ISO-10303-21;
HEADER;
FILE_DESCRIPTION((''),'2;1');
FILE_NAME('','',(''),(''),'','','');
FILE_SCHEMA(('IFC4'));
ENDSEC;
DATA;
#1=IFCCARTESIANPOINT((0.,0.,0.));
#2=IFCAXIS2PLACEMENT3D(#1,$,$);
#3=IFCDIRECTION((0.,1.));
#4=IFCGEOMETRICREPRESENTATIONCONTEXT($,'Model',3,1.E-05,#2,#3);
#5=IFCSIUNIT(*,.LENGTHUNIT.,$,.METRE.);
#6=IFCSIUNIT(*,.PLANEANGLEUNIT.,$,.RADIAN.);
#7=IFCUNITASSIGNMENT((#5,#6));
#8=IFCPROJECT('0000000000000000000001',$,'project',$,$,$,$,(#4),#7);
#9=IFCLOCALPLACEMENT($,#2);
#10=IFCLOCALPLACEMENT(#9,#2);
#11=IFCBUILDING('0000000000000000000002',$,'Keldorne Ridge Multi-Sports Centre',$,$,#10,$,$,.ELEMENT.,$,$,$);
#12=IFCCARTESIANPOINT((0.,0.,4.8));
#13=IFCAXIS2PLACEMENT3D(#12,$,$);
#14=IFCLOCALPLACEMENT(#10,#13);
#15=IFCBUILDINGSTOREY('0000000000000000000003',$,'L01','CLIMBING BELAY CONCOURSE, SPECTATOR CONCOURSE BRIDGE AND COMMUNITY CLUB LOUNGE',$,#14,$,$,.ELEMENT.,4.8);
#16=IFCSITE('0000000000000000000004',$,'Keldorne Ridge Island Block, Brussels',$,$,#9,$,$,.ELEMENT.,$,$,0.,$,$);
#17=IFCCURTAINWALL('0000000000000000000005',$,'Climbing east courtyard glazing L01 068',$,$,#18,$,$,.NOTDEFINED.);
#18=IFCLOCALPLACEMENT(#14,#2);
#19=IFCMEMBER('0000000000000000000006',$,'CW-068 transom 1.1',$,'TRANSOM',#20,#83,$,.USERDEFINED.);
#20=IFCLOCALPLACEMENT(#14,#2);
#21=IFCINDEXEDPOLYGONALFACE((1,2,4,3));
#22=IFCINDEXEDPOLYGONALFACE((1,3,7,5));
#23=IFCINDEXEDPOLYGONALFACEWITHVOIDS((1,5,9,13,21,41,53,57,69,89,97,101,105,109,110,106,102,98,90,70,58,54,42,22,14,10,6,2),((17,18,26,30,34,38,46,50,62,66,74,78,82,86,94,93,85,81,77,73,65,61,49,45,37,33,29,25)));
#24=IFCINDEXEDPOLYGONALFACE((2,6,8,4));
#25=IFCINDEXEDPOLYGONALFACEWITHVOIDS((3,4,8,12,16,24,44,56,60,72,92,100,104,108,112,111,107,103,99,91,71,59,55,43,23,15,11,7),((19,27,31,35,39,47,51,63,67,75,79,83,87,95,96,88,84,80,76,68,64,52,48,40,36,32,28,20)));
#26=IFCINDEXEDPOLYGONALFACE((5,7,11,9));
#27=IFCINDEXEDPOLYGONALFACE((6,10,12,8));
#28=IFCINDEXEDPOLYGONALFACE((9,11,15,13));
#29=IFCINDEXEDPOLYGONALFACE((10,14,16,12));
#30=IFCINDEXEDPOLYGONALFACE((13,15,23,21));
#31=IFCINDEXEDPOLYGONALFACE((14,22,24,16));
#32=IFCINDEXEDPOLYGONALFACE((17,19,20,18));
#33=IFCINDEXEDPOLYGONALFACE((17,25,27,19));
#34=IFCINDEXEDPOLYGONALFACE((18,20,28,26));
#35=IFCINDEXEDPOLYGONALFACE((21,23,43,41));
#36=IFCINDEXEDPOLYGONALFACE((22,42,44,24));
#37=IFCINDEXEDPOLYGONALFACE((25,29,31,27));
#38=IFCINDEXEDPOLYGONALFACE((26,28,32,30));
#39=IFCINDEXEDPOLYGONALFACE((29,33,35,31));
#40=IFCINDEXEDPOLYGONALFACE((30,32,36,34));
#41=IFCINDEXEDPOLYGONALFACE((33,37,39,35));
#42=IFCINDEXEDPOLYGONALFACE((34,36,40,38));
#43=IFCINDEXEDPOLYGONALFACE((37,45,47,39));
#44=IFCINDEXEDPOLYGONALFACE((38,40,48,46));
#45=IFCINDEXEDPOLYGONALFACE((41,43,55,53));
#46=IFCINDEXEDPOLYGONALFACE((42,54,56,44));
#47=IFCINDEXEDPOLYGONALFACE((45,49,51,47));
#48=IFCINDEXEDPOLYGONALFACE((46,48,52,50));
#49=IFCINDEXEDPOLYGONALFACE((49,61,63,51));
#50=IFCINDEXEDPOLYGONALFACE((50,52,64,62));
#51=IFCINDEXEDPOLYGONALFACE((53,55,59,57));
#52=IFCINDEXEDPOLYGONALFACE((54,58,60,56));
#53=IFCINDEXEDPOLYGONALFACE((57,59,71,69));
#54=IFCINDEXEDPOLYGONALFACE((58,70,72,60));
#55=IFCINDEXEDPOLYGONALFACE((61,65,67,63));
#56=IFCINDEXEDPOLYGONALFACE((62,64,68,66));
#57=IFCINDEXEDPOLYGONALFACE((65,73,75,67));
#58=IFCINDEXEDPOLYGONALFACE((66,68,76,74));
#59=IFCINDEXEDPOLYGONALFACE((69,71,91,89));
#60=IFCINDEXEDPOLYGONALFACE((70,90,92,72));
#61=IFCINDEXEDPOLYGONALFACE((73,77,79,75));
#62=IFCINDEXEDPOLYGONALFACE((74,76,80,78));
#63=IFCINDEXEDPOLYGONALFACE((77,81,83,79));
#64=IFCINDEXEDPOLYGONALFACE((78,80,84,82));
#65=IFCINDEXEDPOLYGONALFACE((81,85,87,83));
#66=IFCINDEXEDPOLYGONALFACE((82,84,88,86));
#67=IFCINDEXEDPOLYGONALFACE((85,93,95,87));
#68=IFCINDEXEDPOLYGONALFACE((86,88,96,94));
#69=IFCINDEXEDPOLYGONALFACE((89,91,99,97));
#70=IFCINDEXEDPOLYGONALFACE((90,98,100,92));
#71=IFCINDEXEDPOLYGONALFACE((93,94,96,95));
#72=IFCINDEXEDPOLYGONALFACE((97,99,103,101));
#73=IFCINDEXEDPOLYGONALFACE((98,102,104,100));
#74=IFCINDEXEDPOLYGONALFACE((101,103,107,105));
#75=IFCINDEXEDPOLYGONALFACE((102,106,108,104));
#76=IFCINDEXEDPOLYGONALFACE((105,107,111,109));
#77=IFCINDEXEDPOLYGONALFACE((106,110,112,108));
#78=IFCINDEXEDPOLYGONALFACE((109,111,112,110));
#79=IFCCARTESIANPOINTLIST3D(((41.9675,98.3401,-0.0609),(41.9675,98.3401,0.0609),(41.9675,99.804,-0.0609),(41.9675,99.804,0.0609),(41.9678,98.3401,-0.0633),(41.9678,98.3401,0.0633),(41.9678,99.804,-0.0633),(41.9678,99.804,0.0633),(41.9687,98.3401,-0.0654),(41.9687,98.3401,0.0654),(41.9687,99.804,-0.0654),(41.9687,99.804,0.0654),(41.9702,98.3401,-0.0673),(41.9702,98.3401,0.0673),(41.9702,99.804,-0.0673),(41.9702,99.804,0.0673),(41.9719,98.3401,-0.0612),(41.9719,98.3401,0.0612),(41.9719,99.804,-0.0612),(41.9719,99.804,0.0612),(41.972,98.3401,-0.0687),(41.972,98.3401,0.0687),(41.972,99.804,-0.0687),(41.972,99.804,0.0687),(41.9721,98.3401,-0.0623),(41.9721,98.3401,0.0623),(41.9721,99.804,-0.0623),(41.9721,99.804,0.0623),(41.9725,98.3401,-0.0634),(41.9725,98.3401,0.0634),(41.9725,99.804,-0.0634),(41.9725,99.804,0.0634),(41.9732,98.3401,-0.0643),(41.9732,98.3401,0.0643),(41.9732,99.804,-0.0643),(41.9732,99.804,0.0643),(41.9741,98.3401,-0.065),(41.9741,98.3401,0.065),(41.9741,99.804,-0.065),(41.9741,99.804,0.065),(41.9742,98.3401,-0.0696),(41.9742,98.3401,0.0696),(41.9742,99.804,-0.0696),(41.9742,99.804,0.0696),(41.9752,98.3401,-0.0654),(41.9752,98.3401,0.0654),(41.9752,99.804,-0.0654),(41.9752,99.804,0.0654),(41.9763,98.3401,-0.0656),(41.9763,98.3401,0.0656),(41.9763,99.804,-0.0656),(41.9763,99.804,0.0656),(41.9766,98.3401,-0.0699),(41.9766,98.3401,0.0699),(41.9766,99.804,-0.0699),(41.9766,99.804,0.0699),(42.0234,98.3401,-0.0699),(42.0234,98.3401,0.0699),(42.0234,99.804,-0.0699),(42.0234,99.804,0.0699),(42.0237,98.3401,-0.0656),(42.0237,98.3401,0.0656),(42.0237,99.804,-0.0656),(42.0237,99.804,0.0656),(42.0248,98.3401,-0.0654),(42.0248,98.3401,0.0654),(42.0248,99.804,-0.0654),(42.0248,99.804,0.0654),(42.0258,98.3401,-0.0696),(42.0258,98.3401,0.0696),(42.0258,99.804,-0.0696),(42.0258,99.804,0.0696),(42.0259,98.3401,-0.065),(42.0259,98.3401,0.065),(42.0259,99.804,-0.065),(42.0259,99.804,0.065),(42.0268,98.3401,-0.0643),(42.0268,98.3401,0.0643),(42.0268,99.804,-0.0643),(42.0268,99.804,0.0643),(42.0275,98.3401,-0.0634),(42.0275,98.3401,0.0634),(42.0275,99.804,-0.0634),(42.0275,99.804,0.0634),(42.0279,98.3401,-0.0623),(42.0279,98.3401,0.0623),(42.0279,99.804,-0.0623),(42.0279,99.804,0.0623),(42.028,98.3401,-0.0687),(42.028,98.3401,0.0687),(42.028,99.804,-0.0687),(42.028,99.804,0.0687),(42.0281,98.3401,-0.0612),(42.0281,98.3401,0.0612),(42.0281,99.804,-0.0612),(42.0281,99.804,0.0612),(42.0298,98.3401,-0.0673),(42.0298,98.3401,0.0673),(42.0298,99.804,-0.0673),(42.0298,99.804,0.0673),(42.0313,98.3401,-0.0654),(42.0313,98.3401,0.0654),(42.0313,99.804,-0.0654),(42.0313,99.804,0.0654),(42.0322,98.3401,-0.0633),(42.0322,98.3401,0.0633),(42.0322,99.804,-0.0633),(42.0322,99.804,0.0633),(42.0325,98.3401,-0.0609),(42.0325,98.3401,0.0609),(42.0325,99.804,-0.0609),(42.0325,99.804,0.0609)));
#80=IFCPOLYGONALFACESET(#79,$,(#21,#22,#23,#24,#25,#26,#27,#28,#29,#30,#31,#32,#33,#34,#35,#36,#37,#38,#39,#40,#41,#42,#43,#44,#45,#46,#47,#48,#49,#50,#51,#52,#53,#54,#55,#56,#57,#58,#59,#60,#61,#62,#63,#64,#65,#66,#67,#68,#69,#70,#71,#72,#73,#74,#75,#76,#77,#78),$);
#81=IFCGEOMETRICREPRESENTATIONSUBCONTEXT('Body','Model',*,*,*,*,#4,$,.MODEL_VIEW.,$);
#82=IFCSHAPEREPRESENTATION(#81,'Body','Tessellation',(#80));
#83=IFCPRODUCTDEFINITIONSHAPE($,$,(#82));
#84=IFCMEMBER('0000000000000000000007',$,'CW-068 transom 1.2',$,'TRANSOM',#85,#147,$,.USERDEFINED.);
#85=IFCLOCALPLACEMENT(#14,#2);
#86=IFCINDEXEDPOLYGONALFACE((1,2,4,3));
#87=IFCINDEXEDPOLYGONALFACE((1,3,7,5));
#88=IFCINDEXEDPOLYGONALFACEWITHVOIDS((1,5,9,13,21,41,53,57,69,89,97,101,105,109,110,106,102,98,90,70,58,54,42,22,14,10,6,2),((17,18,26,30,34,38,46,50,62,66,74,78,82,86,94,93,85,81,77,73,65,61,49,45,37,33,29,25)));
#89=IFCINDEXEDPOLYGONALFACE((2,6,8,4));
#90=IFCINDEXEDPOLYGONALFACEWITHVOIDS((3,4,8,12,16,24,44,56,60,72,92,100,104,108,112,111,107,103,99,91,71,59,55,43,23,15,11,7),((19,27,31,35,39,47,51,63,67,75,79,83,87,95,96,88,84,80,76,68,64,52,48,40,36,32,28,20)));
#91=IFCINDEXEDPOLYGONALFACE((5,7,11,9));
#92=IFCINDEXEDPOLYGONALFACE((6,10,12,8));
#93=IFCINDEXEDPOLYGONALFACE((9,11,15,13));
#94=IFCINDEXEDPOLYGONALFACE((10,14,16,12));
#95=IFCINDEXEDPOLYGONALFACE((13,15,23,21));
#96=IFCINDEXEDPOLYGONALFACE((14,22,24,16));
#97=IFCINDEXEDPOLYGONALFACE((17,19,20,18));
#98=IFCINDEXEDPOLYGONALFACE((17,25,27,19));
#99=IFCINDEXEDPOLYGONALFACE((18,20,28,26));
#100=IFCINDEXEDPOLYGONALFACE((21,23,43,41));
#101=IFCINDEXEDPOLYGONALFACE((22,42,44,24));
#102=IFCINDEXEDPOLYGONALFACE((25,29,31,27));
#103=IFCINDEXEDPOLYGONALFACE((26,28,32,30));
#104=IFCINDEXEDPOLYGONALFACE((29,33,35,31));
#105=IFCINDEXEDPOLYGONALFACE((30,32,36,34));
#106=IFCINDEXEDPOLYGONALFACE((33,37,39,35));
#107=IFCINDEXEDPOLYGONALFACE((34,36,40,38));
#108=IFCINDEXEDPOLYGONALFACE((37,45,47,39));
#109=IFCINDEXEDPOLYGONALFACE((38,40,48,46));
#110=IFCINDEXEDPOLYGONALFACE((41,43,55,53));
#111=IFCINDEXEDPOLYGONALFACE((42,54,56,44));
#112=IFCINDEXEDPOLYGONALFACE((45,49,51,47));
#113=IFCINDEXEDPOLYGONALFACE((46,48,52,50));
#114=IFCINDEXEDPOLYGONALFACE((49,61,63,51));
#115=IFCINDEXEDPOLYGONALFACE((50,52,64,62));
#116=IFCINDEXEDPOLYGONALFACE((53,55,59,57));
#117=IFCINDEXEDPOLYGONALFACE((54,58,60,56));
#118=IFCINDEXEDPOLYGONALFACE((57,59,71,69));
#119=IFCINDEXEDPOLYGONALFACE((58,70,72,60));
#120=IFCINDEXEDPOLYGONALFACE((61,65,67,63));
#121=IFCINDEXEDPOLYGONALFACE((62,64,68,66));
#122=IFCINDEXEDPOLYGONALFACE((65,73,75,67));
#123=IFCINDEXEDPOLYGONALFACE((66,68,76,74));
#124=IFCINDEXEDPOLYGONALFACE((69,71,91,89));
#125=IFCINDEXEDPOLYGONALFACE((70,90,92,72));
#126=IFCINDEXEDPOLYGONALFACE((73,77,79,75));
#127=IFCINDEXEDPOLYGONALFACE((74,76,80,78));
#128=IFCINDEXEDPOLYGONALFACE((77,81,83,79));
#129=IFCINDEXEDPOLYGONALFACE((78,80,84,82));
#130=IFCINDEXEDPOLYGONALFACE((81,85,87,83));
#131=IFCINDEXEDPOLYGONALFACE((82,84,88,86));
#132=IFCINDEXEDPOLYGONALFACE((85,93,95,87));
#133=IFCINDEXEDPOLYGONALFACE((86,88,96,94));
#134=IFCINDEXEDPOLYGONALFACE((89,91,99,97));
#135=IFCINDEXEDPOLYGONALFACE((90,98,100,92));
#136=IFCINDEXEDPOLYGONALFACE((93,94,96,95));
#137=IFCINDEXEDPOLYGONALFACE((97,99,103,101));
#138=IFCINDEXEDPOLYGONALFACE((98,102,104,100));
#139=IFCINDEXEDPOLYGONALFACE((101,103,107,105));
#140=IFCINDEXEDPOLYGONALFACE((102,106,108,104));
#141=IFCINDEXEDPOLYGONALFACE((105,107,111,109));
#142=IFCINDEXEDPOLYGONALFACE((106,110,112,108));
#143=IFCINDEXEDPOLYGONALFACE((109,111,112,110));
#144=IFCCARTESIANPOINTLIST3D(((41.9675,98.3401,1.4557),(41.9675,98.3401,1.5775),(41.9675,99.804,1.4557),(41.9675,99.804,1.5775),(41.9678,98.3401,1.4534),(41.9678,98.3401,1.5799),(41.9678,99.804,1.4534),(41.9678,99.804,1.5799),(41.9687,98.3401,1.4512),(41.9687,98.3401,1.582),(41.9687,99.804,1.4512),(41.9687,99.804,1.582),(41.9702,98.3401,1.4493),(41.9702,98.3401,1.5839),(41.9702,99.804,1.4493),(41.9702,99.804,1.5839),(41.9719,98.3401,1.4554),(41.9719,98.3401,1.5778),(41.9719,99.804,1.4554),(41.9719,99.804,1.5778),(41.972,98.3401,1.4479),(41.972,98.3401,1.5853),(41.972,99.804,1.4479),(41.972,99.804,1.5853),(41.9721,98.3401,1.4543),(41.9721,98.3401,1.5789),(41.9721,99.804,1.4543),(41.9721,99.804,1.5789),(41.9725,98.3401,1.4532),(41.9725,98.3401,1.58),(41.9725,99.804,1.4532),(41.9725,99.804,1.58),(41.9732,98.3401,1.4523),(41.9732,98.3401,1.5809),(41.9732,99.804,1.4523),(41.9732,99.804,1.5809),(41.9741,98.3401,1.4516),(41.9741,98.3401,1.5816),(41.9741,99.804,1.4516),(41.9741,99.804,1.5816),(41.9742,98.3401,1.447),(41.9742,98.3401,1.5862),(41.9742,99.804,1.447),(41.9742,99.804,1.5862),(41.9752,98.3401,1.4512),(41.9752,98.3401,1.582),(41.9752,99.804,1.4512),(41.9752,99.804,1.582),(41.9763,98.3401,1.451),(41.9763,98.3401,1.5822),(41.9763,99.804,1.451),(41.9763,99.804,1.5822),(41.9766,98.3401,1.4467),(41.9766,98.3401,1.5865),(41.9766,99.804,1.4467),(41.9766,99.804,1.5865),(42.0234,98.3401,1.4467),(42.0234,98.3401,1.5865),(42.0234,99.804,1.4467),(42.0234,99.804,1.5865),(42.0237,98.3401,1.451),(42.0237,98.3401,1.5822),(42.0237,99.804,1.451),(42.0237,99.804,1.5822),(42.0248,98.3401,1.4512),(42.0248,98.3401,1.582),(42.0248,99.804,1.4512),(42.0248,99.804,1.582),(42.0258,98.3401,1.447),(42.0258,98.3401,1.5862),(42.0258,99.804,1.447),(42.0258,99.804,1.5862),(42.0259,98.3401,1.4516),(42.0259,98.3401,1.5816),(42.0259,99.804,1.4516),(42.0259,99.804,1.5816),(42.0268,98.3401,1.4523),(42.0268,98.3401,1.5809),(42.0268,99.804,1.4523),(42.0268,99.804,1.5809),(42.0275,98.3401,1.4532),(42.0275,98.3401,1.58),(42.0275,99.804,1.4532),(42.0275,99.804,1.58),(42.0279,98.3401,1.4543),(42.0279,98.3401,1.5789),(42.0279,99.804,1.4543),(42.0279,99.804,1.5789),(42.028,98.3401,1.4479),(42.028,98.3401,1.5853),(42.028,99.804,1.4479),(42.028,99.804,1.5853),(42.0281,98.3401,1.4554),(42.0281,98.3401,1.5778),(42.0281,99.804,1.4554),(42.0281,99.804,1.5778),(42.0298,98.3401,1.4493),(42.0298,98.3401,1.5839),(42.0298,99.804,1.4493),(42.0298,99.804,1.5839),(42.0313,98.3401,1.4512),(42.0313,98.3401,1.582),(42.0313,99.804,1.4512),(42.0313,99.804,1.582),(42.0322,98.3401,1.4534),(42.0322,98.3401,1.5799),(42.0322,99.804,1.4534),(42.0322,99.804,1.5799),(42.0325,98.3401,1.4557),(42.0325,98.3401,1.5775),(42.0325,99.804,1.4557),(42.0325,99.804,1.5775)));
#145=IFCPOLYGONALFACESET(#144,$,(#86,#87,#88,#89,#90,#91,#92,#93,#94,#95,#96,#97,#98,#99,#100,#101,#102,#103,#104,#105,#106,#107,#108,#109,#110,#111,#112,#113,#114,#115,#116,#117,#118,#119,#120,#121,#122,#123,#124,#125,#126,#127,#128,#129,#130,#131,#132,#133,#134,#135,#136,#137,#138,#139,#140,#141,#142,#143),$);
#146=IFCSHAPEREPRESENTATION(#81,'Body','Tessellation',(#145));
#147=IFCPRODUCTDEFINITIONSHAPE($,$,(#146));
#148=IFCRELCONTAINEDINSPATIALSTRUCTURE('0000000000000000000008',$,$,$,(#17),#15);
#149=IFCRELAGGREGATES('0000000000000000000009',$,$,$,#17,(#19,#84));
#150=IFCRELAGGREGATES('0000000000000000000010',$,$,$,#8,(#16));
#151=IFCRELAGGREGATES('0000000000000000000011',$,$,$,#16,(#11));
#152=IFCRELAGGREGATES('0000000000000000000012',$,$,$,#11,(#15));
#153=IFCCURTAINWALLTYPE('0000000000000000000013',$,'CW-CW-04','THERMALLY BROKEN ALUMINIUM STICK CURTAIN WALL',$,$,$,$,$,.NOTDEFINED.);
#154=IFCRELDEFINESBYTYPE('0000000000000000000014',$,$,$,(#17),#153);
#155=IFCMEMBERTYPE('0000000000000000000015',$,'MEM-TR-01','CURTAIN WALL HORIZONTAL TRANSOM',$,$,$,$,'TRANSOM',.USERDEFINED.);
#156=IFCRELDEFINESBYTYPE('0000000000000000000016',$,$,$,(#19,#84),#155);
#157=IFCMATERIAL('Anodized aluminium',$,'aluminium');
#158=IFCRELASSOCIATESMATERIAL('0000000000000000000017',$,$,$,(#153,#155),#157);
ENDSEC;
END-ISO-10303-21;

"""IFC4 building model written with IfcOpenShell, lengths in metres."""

from ifc_helpers import new_model, si_unit, direction, frame, origin, origin_2d, place, context, subcontext, project, spatial, hollow_rectangle, extrude, material, material_profile, profile_set, type_object, element, aggregate, save


model = new_model("IFC4")

# Units and contexts
model_context = context("Model", 3, precision=1e-05, world=origin(), true_north=direction((0.0, 1.0)))
body_context = subcontext(model_context, "Body", "Model", "MODEL_VIEW")
ifc_project = project(units=[si_unit("LENGTHUNIT", "METRE"), si_unit("PLANEANGLEUNIT", "RADIAN")], contexts=[model_context])

# Site, building, storey
site_placement = place(None, origin())
site = spatial("IfcSite", under=ifc_project, at=site_placement, Name="Keldorne Ridge Island Block, Brussels", CompositionType="ELEMENT", RefElevation=0.0)
building_placement = place(site_placement, origin())
building = spatial("IfcBuilding", under=site, at=building_placement, Name="Keldorne Ridge Multi-Sports Centre", CompositionType="ELEMENT")
storey_placement = place(building_placement, frame((0.0, 0.0, 4.8)))
storey = spatial("IfcBuildingStorey", under=building, at=storey_placement, Name="L01", Description="CLIMBING BELAY CONCOURSE, SPECTATOR CONCOURSE BRIDGE AND COMMUNITY CLUB LOUNGE", CompositionType="ELEMENT", Elevation=4.8)

# Shared definitions
ifc_material_1 = material(Name="Anodized aluminium", Category="aluminium")

# Curtain wall, members
curtain_wall_type_1 = type_object("IfcCurtainWallType", Name="CW-CW-04", Description="THERMALLY BROKEN ALUMINIUM STICK CURTAIN WALL", PredefinedType="NOTDEFINED", material=ifc_material_1)
curtain_wall_1_placement = place(storey_placement, origin())
curtain_wall_1 = element("IfcCurtainWall", 1, at=curtain_wall_1_placement, inside=storey, type_object=curtain_wall_type_1, Name="Climbing east courtyard glazing L01 068", PredefinedType="NOTDEFINED")
ifc_material_profile_1 = material_profile(ifc_material_1, hollow_rectangle(XDim=0.0649, YDim=0.1399, WallThickness=0.0044, InnerFilletRadius=0.0044, OuterFilletRadius=0.009, at=origin_2d()), Name="ALU TRANSOM 140x65x4.5")
ifc_profile_set_1 = profile_set([ifc_material_profile_1], Name="Anodized aluminium")
member_type_1 = type_object("IfcMemberType", Name="MEM-TR-01", Description="CURTAIN WALL HORIZONTAL TRANSOM", ElementType="TRANSOM", PredefinedType="USERDEFINED", material=ifc_profile_set_1)
member_1_placement = place(storey_placement, frame((42.0, 98.3401, 0.0), z_axis=(0.0, 1.0, 0.0), x_axis=(-1.0, 0.0, 0.0)))
member_1 = element("IfcMember", 2, at=member_1_placement, type_object=member_type_1, Name="CW-068 transom 1.1", ObjectType="TRANSOM", PredefinedType="USERDEFINED", context=body_context, shape_type="SweptSolid", body=[
    extrude(hollow_rectangle(XDim=0.0649, YDim=0.1399, WallThickness=0.0044, InnerFilletRadius=0.0044, OuterFilletRadius=0.009, at=origin_2d()), origin(), (0.0, 0.0, 1.0), 1.4639),
])
member_2_placement = place(storey_placement, frame((42.0, 98.3401, 1.5166), z_axis=(0.0, 1.0, 0.0), x_axis=(-1.0, 0.0, 0.0)))
member_2 = element("IfcMember", 3, at=member_2_placement, type_object=member_type_1, Name="CW-068 transom 1.2", ObjectType="TRANSOM", PredefinedType="USERDEFINED", context=body_context, shape_type="SweptSolid", body=[
    extrude(hollow_rectangle(XDim=0.0649, YDim=0.1399, WallThickness=0.0044, InnerFilletRadius=0.0044, OuterFilletRadius=0.009, at=origin_2d()), origin(), (0.0, 0.0, 1.0), 1.4639),
])

aggregate(curtain_wall_1, [member_1, member_2])

save(model, "model.ifc")
